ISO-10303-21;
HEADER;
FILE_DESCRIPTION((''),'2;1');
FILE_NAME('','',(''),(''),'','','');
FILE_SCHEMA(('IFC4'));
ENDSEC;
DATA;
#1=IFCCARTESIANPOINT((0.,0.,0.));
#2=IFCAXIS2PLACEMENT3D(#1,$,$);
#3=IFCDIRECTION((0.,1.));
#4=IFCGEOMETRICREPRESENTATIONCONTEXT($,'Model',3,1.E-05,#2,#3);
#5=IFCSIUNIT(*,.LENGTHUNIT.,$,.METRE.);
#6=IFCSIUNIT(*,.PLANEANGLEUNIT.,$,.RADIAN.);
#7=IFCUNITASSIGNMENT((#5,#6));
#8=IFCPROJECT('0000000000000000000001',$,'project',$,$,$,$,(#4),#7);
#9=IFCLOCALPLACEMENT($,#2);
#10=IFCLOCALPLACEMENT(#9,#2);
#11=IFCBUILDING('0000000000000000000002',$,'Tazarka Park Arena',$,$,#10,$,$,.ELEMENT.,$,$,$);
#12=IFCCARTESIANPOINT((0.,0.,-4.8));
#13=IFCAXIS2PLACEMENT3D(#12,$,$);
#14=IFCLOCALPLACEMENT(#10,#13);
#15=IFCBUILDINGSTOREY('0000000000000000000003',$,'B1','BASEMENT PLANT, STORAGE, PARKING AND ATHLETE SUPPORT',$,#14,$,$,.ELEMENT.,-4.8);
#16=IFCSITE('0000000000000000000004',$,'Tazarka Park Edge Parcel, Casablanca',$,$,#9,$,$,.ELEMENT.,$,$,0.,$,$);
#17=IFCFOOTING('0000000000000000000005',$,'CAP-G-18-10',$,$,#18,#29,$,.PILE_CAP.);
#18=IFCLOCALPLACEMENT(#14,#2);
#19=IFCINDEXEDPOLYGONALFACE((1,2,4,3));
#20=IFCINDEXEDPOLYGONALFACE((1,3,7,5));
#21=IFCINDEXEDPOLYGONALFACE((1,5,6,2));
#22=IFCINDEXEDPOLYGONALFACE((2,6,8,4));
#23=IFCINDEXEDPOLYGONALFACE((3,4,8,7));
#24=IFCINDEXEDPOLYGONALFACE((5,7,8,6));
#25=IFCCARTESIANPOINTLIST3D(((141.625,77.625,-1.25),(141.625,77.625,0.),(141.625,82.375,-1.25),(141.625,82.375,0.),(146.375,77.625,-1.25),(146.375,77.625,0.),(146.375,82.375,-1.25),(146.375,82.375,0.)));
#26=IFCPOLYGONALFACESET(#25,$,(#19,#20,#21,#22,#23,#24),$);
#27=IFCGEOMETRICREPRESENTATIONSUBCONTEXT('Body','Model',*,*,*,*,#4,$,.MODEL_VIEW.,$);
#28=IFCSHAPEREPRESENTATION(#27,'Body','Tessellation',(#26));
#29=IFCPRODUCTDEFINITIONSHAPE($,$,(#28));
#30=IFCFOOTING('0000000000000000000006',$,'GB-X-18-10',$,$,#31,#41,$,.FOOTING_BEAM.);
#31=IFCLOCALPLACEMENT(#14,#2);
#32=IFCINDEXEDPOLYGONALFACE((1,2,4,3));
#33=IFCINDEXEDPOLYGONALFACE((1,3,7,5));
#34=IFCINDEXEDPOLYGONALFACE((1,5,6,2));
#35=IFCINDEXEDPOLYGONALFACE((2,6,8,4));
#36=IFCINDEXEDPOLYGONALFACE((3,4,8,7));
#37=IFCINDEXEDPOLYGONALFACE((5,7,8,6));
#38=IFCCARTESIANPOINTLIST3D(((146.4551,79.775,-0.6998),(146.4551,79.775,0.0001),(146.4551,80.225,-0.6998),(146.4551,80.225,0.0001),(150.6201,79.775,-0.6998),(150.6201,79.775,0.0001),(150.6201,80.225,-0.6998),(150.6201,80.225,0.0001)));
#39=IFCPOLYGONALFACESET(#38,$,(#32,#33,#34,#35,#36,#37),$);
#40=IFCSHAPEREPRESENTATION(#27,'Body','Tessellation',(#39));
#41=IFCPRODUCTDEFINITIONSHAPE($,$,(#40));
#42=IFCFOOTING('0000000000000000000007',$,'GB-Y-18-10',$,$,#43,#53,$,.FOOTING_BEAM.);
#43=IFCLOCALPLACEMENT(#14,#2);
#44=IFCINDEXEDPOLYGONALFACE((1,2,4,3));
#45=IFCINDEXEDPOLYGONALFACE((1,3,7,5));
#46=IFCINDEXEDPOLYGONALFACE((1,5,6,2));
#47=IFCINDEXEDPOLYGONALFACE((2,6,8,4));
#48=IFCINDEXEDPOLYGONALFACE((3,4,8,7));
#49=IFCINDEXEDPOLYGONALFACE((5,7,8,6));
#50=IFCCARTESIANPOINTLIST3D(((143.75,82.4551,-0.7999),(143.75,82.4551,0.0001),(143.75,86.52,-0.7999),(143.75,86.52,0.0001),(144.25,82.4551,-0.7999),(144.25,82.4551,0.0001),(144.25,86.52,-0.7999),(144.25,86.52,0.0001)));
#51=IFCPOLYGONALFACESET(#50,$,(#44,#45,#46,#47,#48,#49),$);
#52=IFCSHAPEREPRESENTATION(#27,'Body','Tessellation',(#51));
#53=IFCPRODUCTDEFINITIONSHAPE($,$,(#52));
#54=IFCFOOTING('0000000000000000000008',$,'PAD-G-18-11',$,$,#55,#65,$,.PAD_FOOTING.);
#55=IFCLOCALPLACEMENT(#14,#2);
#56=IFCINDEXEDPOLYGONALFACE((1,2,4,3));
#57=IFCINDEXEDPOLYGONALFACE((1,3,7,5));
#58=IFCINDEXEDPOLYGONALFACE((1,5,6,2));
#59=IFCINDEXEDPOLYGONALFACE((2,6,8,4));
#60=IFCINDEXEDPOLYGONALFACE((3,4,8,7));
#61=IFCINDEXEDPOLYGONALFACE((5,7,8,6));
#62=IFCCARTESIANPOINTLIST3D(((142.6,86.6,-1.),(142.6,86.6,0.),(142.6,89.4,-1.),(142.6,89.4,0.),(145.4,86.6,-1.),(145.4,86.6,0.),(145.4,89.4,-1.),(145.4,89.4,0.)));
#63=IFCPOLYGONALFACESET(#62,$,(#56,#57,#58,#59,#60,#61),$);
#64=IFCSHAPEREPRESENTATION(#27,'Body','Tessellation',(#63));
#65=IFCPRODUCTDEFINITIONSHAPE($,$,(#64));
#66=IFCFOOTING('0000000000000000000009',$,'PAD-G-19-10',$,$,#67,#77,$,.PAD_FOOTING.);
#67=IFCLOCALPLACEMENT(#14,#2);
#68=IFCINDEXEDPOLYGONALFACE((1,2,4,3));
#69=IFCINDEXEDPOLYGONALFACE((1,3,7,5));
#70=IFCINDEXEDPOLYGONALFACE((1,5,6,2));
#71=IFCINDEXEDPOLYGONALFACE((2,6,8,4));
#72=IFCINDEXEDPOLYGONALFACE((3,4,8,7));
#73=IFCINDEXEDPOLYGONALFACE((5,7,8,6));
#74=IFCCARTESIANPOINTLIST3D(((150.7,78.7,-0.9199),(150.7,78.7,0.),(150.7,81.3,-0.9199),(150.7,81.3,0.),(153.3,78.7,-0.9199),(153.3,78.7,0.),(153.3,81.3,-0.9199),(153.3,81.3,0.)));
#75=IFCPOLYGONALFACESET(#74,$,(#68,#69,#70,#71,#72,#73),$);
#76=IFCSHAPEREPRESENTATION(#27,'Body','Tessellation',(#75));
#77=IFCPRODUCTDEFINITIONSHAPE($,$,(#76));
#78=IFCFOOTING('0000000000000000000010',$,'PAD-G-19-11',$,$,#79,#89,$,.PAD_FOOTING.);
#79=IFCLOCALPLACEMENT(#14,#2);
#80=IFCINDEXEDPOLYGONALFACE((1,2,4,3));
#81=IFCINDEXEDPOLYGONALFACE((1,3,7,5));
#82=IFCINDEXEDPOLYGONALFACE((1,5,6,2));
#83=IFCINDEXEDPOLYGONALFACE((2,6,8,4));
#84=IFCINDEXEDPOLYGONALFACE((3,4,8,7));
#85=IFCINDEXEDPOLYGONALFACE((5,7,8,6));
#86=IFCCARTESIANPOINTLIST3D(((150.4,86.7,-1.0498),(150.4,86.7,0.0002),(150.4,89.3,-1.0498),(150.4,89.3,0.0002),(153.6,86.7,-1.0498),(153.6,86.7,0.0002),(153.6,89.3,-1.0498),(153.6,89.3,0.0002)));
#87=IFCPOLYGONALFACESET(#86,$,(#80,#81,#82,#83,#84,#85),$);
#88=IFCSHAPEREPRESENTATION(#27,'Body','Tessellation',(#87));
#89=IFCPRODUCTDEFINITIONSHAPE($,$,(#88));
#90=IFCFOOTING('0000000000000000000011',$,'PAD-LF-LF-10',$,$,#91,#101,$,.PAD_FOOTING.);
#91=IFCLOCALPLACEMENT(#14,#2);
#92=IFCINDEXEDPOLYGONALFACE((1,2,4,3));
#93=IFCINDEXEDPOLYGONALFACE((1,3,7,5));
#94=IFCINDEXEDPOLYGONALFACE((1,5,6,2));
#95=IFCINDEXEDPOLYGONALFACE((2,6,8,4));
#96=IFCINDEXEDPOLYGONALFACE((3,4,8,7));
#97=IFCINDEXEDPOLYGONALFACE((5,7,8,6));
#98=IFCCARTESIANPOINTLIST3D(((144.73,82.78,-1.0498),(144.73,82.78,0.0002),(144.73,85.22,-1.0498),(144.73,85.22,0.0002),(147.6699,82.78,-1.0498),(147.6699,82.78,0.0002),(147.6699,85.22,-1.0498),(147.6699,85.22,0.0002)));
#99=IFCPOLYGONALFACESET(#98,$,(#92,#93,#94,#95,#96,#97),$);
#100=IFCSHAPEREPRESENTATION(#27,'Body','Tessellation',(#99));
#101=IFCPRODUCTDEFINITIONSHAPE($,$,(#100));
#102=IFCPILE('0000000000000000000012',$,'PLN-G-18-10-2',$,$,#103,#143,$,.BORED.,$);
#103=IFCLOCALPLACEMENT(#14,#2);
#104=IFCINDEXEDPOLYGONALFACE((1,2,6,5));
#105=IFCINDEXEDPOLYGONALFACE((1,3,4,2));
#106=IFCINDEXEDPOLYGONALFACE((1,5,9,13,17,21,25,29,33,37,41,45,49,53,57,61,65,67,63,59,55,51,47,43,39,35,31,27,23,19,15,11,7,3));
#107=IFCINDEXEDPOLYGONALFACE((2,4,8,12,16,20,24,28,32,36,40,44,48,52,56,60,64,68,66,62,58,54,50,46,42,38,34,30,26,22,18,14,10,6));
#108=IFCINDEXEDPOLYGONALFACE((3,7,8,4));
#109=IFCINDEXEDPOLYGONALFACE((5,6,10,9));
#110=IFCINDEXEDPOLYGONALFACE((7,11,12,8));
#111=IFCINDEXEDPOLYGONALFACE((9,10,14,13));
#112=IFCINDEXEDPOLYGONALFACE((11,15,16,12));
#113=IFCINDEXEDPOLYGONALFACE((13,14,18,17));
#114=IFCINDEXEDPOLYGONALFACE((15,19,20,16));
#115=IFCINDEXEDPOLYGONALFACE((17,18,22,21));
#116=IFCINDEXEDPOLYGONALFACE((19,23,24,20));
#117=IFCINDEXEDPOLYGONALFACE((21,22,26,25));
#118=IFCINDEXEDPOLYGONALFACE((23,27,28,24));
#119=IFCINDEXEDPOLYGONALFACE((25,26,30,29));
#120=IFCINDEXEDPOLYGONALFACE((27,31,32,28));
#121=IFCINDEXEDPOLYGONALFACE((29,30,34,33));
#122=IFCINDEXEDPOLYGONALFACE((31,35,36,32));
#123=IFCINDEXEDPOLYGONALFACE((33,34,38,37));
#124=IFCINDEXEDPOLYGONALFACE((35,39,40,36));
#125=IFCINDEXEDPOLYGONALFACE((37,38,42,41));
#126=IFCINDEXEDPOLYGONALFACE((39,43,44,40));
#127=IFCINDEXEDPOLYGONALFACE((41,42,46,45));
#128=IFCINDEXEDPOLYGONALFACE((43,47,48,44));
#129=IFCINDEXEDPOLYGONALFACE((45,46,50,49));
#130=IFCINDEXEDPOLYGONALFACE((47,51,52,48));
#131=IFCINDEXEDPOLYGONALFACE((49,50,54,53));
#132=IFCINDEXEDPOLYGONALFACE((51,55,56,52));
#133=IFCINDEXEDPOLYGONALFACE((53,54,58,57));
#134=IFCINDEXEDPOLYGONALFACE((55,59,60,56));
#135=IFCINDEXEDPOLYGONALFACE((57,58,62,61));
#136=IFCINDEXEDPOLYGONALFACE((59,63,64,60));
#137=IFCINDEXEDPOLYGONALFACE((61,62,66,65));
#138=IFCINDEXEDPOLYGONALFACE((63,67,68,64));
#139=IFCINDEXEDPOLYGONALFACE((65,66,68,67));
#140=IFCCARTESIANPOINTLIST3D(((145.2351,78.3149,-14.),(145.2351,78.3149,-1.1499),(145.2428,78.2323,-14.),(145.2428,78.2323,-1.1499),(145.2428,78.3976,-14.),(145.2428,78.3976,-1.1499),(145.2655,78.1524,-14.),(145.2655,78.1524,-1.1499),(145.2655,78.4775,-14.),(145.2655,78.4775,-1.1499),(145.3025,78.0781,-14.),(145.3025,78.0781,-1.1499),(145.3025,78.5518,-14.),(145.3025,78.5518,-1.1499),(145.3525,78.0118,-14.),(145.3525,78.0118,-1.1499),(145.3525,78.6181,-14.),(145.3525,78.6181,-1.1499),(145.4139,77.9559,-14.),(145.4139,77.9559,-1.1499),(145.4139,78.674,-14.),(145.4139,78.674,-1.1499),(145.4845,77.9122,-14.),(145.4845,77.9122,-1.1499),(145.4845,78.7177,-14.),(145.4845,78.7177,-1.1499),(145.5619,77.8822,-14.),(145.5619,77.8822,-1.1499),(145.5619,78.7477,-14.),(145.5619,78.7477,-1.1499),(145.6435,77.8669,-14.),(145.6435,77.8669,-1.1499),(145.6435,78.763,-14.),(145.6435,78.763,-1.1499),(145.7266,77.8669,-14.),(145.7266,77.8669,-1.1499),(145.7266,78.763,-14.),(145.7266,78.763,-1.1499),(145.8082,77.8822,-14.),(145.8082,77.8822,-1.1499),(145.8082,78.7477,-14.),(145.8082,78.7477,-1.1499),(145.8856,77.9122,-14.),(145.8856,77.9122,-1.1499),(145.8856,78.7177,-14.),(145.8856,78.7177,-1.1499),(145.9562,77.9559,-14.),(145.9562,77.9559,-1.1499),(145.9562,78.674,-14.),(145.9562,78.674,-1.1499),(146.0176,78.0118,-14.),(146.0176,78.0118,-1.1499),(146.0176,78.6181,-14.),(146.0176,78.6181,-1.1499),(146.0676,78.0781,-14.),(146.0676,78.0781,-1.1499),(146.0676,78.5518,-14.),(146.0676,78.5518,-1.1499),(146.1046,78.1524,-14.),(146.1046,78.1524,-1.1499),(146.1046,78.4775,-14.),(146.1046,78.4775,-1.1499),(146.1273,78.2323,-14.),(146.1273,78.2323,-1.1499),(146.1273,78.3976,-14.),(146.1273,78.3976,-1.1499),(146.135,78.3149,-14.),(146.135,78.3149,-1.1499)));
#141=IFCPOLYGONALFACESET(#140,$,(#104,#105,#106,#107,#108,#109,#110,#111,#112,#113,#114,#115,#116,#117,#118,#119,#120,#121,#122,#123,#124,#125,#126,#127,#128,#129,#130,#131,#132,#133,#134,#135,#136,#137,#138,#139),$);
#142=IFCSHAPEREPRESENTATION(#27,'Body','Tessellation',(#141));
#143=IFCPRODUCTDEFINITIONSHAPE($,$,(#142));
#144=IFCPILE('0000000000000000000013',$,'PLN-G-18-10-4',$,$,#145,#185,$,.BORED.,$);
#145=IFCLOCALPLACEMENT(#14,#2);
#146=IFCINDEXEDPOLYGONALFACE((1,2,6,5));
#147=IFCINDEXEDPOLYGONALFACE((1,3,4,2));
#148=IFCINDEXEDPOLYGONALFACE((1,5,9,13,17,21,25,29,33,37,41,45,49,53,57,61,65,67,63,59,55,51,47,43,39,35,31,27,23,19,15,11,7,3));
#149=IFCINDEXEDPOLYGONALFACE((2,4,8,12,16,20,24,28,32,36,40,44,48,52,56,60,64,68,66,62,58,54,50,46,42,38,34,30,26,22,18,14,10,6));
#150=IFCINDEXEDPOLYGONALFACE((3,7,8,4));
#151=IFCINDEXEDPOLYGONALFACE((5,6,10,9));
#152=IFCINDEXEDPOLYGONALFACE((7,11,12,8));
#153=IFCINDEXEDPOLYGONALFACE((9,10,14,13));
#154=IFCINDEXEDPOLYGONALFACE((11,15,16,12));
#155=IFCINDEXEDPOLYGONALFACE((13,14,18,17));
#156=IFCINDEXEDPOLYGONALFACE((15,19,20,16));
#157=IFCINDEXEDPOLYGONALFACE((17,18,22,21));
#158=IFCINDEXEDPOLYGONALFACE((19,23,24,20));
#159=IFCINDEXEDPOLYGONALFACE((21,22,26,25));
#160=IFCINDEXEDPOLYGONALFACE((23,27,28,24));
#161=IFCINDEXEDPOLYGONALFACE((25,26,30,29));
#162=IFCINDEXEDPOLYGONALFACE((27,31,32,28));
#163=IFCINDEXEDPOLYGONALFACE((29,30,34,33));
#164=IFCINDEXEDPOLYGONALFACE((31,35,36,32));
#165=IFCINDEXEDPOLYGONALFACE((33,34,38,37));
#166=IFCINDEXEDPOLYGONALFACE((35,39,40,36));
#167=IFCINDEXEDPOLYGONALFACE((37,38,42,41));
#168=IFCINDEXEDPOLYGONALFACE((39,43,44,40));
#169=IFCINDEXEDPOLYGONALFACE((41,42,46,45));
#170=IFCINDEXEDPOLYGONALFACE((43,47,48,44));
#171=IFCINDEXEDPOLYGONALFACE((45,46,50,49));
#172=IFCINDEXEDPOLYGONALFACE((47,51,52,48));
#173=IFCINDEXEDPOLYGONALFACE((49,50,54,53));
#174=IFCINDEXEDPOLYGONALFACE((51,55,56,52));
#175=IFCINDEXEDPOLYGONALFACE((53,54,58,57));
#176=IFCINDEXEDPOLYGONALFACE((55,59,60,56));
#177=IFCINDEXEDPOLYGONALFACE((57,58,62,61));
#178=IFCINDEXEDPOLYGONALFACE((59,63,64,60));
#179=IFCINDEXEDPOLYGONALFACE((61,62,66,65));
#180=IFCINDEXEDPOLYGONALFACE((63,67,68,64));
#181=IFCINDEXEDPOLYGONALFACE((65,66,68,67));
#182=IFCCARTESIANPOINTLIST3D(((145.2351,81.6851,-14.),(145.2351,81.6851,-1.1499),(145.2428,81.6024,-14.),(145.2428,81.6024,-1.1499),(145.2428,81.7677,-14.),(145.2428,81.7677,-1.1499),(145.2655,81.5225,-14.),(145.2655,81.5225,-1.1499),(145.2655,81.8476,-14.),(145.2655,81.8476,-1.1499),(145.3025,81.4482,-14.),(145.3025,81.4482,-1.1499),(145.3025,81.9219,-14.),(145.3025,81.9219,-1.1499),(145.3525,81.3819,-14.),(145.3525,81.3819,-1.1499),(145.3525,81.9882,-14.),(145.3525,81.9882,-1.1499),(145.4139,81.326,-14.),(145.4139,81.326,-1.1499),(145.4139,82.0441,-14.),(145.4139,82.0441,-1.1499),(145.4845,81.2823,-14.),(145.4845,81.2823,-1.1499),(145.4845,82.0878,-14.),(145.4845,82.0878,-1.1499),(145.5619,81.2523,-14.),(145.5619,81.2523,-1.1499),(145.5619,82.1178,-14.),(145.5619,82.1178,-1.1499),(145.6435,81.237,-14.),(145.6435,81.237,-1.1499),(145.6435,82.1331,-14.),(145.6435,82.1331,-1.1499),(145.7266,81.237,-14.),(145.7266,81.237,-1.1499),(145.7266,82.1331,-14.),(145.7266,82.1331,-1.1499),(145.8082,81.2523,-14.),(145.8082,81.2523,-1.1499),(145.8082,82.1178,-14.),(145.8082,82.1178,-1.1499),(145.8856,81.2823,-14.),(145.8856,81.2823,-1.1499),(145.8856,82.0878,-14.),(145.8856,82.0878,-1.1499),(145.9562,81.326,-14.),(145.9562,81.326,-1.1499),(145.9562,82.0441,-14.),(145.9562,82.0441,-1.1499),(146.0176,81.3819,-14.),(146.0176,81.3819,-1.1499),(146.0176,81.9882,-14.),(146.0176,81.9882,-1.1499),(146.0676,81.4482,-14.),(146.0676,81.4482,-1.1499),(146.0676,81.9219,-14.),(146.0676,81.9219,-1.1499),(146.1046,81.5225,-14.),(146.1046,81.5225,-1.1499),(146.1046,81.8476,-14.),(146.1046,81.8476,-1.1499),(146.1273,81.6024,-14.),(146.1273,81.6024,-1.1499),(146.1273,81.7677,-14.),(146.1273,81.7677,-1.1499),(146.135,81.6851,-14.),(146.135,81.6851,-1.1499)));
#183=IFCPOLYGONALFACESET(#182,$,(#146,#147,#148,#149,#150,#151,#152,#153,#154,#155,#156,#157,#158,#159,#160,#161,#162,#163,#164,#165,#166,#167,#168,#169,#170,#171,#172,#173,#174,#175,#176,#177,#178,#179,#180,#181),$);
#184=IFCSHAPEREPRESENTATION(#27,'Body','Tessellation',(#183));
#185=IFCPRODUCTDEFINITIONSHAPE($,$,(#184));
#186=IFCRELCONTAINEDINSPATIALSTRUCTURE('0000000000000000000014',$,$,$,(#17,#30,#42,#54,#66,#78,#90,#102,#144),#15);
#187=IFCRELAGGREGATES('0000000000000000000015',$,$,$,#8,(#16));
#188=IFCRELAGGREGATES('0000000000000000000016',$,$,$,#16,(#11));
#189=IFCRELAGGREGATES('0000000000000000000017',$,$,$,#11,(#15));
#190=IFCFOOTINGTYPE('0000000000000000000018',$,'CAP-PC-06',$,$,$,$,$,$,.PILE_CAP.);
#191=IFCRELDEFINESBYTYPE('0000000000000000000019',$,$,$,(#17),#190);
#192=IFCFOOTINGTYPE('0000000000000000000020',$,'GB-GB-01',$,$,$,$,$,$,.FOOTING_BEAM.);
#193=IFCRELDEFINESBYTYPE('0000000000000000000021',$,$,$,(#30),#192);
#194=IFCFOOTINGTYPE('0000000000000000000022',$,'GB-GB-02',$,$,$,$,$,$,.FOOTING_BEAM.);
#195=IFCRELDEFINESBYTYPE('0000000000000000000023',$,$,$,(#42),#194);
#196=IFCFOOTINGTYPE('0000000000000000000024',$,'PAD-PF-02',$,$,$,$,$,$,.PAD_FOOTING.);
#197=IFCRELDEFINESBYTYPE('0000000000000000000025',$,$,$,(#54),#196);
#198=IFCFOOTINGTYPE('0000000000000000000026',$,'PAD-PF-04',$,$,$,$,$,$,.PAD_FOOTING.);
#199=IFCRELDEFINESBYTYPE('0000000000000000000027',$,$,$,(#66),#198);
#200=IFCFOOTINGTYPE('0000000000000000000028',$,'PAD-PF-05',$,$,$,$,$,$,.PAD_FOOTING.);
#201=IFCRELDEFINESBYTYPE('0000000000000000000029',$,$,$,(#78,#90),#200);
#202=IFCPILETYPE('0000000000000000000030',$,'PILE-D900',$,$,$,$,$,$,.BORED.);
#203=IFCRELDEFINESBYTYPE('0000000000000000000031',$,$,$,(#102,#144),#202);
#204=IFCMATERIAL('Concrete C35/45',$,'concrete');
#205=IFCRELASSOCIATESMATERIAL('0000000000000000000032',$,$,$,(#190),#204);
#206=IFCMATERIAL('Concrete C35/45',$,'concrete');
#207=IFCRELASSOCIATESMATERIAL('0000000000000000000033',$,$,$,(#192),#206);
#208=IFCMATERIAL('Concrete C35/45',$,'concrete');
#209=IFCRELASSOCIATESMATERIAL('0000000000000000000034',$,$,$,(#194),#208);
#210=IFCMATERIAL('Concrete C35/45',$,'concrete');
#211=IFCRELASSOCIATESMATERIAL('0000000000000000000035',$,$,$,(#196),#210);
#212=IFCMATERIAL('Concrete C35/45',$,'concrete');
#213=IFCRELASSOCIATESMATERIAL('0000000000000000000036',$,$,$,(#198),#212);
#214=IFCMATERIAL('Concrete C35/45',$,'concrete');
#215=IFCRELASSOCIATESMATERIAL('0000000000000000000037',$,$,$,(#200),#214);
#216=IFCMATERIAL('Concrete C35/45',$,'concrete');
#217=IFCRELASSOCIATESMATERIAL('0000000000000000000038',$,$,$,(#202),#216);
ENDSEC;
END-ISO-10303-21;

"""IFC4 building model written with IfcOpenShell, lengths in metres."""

from ifc_helpers import new_model, si_unit, direction, frame, origin, origin_2d, place, context, subcontext, project, spatial, rectangle, circle, extrude, material, material_profile, profile_set, type_object, element, save


model = new_model("IFC4")

# Units and contexts
model_context = context("Model", 3, precision=1e-05, world=origin(), true_north=direction((0.0, 1.0)))
body_context = subcontext(model_context, "Body", "Model", "MODEL_VIEW")
ifc_project = project(units=[si_unit("LENGTHUNIT", "METRE"), si_unit("PLANEANGLEUNIT", "RADIAN")], contexts=[model_context])

# Site, building, storey
site_placement = place(None, origin())
site = spatial("IfcSite", under=ifc_project, at=site_placement, Name="Tazarka Park Edge Parcel, Casablanca", CompositionType="ELEMENT", RefElevation=0.0)
building_placement = place(site_placement, origin())
building = spatial("IfcBuilding", under=site, at=building_placement, Name="Tazarka Park Arena", CompositionType="ELEMENT")
storey_placement = place(building_placement, frame((0.0, 0.0, -4.8)))
storey = spatial("IfcBuildingStorey", under=building, at=storey_placement, Name="B1", Description="BASEMENT PLANT, STORAGE, PARKING AND ATHLETE SUPPORT", CompositionType="ELEMENT", Elevation=-4.8)

# Footings
ifc_material_1 = material(Name="Concrete C35/45", Category="concrete")
footing_type_1 = type_object("IfcFootingType", Name="CAP-PC-06", PredefinedType="PILE_CAP", material=ifc_material_1)
footing_1_placement = place(storey_placement, frame((144.0, 80.0, -1.25), z_axis=(0.0, 0.0, 1.0), x_axis=(1.0, 0.0, 0.0)))
element("IfcFooting", 1, at=footing_1_placement, inside=storey, type_object=footing_type_1, Name="CAP-G-18-10", PredefinedType="PILE_CAP", context=body_context, shape_type="SweptSolid", body=[
    extrude(rectangle(XDim=4.75, YDim=4.75, at=origin_2d()), origin(), (0.0, 0.0, 1.0), 1.25),
])
ifc_material_2 = material(Name="Concrete C35/45", Category="concrete")
ifc_material_profile_1 = material_profile(ifc_material_2, rectangle(XDim=0.45, YDim=0.7, at=origin_2d()), Name="Concrete C35/45")
ifc_profile_set_1 = profile_set([ifc_material_profile_1], Name="Concrete C35/45")
footing_type_2 = type_object("IfcFootingType", Name="GB-GB-01", PredefinedType="FOOTING_BEAM", material=ifc_profile_set_1)
footing_2_placement = place(storey_placement, frame((146.4551, 80.0, -0.3499), z_axis=(1.0, 0.0, 0.0), x_axis=(0.0, 1.0, 0.0)))
element("IfcFooting", 2, at=footing_2_placement, inside=storey, type_object=footing_type_2, Name="GB-X-18-10", PredefinedType="FOOTING_BEAM", context=body_context, shape_type="SweptSolid", body=[
    extrude(rectangle(XDim=0.45, YDim=0.7, at=origin_2d()), origin(), (0.0, 0.0, 1.0), 4.165),
])
ifc_material_3 = material(Name="Concrete C35/45", Category="concrete")
ifc_material_profile_2 = material_profile(ifc_material_3, rectangle(XDim=0.5, YDim=0.8, at=origin_2d()), Name="Concrete C35/45")
ifc_profile_set_2 = profile_set([ifc_material_profile_2], Name="Concrete C35/45")
footing_type_3 = type_object("IfcFootingType", Name="GB-GB-02", PredefinedType="FOOTING_BEAM", material=ifc_profile_set_2)
footing_3_placement = place(storey_placement, frame((144.0, 82.4551, -0.3999), z_axis=(0.0, 1.0, 0.0), x_axis=(-1.0, 0.0, 0.0)))
element("IfcFooting", 3, at=footing_3_placement, inside=storey, type_object=footing_type_3, Name="GB-Y-18-10", PredefinedType="FOOTING_BEAM", context=body_context, shape_type="SweptSolid", body=[
    extrude(rectangle(XDim=0.5, YDim=0.8, at=origin_2d()), origin(), (0.0, 0.0, 1.0), 4.0649),
])
ifc_material_4 = material(Name="Concrete C35/45", Category="concrete")
footing_type_4 = type_object("IfcFootingType", Name="PAD-PF-02", PredefinedType="PAD_FOOTING", material=ifc_material_4)
footing_4_placement = place(storey_placement, frame((144.0, 88.0, -1.0), z_axis=(0.0, 0.0, 1.0), x_axis=(1.0, 0.0, 0.0)))
element("IfcFooting", 4, at=footing_4_placement, inside=storey, type_object=footing_type_4, Name="PAD-G-18-11", PredefinedType="PAD_FOOTING", context=body_context, shape_type="SweptSolid", body=[
    extrude(rectangle(XDim=2.8, YDim=2.8, at=origin_2d()), origin(), (0.0, 0.0, 1.0), 1.0),
])
ifc_material_5 = material(Name="Concrete C35/45", Category="concrete")
footing_type_5 = type_object("IfcFootingType", Name="PAD-PF-04", PredefinedType="PAD_FOOTING", material=ifc_material_5)
footing_5_placement = place(storey_placement, frame((152.0, 80.0, -0.9199), z_axis=(0.0, 0.0, 1.0), x_axis=(1.0, 0.0, 0.0)))
element("IfcFooting", 5, at=footing_5_placement, inside=storey, type_object=footing_type_5, Name="PAD-G-19-10", PredefinedType="PAD_FOOTING", context=body_context, shape_type="SweptSolid", body=[
    extrude(rectangle(XDim=2.6001, YDim=2.6001, at=origin_2d()), origin(), (0.0, 0.0, 1.0), 0.9199),
])
ifc_material_6 = material(Name="Concrete C35/45", Category="concrete")
footing_type_6 = type_object("IfcFootingType", Name="PAD-PF-05", PredefinedType="PAD_FOOTING", material=ifc_material_6)
footing_6_placement = place(storey_placement, frame((152.0, 88.0, -1.0498), z_axis=(0.0, 0.0, 1.0), x_axis=(1.0, 0.0, 0.0)))
element("IfcFooting", 6, at=footing_6_placement, inside=storey, type_object=footing_type_6, Name="PAD-G-19-11", PredefinedType="PAD_FOOTING", context=body_context, shape_type="SweptSolid", body=[
    extrude(rectangle(XDim=3.2, YDim=2.6001, at=origin_2d()), origin(), (0.0, 0.0, 1.0), 1.05),
])
footing_7_placement = place(storey_placement, frame((146.2, 84.0, -1.0498), z_axis=(0.0, 0.0, 1.0), x_axis=(1.0, 0.0, 0.0)))
element("IfcFooting", 7, at=footing_7_placement, inside=storey, type_object=footing_type_6, Name="PAD-LF-LF-10", PredefinedType="PAD_FOOTING", context=body_context, shape_type="SweptSolid", body=[
    extrude(rectangle(XDim=2.9399, YDim=2.4399, at=origin_2d()), origin(), (0.0, 0.0, 1.0), 1.05),
])

# Piles
ifc_material_7 = material(Name="Concrete C35/45", Category="concrete")
ifc_material_profile_3 = material_profile(ifc_material_7, circle(Radius=0.45, at=origin_2d()), Name="Concrete C35/45")
ifc_profile_set_3 = profile_set([ifc_material_profile_3], Name="Concrete C35/45")
pile_type = type_object("IfcPileType", Name="PILE-D900", PredefinedType="BORED", material=ifc_profile_set_3)
for number, where, z_axis, x_axis, name in (
    (8, (145.6851, 78.3149, -1.1499), (0.0, 0.0, -1.0), (1.0, 0.0, 0.0), "PLN-G-18-10-2"),
    (9, (145.6851, 81.6851, -1.1499), (0.0, 0.0, -1.0), (1.0, 0.0, 0.0), "PLN-G-18-10-4"),
):
    element("IfcPile", number, at=place(storey_placement, frame(where, z_axis=z_axis, x_axis=x_axis)), inside=storey, type_object=pile_type, Name=name, PredefinedType="BORED", context=body_context, shape_type="SweptSolid", body=[
        extrude(circle(Radius=0.45, at=origin_2d()), origin(), (0.0, 0.0, 1.0), 12.8501),
    ])

save(model, "model.ifc")
